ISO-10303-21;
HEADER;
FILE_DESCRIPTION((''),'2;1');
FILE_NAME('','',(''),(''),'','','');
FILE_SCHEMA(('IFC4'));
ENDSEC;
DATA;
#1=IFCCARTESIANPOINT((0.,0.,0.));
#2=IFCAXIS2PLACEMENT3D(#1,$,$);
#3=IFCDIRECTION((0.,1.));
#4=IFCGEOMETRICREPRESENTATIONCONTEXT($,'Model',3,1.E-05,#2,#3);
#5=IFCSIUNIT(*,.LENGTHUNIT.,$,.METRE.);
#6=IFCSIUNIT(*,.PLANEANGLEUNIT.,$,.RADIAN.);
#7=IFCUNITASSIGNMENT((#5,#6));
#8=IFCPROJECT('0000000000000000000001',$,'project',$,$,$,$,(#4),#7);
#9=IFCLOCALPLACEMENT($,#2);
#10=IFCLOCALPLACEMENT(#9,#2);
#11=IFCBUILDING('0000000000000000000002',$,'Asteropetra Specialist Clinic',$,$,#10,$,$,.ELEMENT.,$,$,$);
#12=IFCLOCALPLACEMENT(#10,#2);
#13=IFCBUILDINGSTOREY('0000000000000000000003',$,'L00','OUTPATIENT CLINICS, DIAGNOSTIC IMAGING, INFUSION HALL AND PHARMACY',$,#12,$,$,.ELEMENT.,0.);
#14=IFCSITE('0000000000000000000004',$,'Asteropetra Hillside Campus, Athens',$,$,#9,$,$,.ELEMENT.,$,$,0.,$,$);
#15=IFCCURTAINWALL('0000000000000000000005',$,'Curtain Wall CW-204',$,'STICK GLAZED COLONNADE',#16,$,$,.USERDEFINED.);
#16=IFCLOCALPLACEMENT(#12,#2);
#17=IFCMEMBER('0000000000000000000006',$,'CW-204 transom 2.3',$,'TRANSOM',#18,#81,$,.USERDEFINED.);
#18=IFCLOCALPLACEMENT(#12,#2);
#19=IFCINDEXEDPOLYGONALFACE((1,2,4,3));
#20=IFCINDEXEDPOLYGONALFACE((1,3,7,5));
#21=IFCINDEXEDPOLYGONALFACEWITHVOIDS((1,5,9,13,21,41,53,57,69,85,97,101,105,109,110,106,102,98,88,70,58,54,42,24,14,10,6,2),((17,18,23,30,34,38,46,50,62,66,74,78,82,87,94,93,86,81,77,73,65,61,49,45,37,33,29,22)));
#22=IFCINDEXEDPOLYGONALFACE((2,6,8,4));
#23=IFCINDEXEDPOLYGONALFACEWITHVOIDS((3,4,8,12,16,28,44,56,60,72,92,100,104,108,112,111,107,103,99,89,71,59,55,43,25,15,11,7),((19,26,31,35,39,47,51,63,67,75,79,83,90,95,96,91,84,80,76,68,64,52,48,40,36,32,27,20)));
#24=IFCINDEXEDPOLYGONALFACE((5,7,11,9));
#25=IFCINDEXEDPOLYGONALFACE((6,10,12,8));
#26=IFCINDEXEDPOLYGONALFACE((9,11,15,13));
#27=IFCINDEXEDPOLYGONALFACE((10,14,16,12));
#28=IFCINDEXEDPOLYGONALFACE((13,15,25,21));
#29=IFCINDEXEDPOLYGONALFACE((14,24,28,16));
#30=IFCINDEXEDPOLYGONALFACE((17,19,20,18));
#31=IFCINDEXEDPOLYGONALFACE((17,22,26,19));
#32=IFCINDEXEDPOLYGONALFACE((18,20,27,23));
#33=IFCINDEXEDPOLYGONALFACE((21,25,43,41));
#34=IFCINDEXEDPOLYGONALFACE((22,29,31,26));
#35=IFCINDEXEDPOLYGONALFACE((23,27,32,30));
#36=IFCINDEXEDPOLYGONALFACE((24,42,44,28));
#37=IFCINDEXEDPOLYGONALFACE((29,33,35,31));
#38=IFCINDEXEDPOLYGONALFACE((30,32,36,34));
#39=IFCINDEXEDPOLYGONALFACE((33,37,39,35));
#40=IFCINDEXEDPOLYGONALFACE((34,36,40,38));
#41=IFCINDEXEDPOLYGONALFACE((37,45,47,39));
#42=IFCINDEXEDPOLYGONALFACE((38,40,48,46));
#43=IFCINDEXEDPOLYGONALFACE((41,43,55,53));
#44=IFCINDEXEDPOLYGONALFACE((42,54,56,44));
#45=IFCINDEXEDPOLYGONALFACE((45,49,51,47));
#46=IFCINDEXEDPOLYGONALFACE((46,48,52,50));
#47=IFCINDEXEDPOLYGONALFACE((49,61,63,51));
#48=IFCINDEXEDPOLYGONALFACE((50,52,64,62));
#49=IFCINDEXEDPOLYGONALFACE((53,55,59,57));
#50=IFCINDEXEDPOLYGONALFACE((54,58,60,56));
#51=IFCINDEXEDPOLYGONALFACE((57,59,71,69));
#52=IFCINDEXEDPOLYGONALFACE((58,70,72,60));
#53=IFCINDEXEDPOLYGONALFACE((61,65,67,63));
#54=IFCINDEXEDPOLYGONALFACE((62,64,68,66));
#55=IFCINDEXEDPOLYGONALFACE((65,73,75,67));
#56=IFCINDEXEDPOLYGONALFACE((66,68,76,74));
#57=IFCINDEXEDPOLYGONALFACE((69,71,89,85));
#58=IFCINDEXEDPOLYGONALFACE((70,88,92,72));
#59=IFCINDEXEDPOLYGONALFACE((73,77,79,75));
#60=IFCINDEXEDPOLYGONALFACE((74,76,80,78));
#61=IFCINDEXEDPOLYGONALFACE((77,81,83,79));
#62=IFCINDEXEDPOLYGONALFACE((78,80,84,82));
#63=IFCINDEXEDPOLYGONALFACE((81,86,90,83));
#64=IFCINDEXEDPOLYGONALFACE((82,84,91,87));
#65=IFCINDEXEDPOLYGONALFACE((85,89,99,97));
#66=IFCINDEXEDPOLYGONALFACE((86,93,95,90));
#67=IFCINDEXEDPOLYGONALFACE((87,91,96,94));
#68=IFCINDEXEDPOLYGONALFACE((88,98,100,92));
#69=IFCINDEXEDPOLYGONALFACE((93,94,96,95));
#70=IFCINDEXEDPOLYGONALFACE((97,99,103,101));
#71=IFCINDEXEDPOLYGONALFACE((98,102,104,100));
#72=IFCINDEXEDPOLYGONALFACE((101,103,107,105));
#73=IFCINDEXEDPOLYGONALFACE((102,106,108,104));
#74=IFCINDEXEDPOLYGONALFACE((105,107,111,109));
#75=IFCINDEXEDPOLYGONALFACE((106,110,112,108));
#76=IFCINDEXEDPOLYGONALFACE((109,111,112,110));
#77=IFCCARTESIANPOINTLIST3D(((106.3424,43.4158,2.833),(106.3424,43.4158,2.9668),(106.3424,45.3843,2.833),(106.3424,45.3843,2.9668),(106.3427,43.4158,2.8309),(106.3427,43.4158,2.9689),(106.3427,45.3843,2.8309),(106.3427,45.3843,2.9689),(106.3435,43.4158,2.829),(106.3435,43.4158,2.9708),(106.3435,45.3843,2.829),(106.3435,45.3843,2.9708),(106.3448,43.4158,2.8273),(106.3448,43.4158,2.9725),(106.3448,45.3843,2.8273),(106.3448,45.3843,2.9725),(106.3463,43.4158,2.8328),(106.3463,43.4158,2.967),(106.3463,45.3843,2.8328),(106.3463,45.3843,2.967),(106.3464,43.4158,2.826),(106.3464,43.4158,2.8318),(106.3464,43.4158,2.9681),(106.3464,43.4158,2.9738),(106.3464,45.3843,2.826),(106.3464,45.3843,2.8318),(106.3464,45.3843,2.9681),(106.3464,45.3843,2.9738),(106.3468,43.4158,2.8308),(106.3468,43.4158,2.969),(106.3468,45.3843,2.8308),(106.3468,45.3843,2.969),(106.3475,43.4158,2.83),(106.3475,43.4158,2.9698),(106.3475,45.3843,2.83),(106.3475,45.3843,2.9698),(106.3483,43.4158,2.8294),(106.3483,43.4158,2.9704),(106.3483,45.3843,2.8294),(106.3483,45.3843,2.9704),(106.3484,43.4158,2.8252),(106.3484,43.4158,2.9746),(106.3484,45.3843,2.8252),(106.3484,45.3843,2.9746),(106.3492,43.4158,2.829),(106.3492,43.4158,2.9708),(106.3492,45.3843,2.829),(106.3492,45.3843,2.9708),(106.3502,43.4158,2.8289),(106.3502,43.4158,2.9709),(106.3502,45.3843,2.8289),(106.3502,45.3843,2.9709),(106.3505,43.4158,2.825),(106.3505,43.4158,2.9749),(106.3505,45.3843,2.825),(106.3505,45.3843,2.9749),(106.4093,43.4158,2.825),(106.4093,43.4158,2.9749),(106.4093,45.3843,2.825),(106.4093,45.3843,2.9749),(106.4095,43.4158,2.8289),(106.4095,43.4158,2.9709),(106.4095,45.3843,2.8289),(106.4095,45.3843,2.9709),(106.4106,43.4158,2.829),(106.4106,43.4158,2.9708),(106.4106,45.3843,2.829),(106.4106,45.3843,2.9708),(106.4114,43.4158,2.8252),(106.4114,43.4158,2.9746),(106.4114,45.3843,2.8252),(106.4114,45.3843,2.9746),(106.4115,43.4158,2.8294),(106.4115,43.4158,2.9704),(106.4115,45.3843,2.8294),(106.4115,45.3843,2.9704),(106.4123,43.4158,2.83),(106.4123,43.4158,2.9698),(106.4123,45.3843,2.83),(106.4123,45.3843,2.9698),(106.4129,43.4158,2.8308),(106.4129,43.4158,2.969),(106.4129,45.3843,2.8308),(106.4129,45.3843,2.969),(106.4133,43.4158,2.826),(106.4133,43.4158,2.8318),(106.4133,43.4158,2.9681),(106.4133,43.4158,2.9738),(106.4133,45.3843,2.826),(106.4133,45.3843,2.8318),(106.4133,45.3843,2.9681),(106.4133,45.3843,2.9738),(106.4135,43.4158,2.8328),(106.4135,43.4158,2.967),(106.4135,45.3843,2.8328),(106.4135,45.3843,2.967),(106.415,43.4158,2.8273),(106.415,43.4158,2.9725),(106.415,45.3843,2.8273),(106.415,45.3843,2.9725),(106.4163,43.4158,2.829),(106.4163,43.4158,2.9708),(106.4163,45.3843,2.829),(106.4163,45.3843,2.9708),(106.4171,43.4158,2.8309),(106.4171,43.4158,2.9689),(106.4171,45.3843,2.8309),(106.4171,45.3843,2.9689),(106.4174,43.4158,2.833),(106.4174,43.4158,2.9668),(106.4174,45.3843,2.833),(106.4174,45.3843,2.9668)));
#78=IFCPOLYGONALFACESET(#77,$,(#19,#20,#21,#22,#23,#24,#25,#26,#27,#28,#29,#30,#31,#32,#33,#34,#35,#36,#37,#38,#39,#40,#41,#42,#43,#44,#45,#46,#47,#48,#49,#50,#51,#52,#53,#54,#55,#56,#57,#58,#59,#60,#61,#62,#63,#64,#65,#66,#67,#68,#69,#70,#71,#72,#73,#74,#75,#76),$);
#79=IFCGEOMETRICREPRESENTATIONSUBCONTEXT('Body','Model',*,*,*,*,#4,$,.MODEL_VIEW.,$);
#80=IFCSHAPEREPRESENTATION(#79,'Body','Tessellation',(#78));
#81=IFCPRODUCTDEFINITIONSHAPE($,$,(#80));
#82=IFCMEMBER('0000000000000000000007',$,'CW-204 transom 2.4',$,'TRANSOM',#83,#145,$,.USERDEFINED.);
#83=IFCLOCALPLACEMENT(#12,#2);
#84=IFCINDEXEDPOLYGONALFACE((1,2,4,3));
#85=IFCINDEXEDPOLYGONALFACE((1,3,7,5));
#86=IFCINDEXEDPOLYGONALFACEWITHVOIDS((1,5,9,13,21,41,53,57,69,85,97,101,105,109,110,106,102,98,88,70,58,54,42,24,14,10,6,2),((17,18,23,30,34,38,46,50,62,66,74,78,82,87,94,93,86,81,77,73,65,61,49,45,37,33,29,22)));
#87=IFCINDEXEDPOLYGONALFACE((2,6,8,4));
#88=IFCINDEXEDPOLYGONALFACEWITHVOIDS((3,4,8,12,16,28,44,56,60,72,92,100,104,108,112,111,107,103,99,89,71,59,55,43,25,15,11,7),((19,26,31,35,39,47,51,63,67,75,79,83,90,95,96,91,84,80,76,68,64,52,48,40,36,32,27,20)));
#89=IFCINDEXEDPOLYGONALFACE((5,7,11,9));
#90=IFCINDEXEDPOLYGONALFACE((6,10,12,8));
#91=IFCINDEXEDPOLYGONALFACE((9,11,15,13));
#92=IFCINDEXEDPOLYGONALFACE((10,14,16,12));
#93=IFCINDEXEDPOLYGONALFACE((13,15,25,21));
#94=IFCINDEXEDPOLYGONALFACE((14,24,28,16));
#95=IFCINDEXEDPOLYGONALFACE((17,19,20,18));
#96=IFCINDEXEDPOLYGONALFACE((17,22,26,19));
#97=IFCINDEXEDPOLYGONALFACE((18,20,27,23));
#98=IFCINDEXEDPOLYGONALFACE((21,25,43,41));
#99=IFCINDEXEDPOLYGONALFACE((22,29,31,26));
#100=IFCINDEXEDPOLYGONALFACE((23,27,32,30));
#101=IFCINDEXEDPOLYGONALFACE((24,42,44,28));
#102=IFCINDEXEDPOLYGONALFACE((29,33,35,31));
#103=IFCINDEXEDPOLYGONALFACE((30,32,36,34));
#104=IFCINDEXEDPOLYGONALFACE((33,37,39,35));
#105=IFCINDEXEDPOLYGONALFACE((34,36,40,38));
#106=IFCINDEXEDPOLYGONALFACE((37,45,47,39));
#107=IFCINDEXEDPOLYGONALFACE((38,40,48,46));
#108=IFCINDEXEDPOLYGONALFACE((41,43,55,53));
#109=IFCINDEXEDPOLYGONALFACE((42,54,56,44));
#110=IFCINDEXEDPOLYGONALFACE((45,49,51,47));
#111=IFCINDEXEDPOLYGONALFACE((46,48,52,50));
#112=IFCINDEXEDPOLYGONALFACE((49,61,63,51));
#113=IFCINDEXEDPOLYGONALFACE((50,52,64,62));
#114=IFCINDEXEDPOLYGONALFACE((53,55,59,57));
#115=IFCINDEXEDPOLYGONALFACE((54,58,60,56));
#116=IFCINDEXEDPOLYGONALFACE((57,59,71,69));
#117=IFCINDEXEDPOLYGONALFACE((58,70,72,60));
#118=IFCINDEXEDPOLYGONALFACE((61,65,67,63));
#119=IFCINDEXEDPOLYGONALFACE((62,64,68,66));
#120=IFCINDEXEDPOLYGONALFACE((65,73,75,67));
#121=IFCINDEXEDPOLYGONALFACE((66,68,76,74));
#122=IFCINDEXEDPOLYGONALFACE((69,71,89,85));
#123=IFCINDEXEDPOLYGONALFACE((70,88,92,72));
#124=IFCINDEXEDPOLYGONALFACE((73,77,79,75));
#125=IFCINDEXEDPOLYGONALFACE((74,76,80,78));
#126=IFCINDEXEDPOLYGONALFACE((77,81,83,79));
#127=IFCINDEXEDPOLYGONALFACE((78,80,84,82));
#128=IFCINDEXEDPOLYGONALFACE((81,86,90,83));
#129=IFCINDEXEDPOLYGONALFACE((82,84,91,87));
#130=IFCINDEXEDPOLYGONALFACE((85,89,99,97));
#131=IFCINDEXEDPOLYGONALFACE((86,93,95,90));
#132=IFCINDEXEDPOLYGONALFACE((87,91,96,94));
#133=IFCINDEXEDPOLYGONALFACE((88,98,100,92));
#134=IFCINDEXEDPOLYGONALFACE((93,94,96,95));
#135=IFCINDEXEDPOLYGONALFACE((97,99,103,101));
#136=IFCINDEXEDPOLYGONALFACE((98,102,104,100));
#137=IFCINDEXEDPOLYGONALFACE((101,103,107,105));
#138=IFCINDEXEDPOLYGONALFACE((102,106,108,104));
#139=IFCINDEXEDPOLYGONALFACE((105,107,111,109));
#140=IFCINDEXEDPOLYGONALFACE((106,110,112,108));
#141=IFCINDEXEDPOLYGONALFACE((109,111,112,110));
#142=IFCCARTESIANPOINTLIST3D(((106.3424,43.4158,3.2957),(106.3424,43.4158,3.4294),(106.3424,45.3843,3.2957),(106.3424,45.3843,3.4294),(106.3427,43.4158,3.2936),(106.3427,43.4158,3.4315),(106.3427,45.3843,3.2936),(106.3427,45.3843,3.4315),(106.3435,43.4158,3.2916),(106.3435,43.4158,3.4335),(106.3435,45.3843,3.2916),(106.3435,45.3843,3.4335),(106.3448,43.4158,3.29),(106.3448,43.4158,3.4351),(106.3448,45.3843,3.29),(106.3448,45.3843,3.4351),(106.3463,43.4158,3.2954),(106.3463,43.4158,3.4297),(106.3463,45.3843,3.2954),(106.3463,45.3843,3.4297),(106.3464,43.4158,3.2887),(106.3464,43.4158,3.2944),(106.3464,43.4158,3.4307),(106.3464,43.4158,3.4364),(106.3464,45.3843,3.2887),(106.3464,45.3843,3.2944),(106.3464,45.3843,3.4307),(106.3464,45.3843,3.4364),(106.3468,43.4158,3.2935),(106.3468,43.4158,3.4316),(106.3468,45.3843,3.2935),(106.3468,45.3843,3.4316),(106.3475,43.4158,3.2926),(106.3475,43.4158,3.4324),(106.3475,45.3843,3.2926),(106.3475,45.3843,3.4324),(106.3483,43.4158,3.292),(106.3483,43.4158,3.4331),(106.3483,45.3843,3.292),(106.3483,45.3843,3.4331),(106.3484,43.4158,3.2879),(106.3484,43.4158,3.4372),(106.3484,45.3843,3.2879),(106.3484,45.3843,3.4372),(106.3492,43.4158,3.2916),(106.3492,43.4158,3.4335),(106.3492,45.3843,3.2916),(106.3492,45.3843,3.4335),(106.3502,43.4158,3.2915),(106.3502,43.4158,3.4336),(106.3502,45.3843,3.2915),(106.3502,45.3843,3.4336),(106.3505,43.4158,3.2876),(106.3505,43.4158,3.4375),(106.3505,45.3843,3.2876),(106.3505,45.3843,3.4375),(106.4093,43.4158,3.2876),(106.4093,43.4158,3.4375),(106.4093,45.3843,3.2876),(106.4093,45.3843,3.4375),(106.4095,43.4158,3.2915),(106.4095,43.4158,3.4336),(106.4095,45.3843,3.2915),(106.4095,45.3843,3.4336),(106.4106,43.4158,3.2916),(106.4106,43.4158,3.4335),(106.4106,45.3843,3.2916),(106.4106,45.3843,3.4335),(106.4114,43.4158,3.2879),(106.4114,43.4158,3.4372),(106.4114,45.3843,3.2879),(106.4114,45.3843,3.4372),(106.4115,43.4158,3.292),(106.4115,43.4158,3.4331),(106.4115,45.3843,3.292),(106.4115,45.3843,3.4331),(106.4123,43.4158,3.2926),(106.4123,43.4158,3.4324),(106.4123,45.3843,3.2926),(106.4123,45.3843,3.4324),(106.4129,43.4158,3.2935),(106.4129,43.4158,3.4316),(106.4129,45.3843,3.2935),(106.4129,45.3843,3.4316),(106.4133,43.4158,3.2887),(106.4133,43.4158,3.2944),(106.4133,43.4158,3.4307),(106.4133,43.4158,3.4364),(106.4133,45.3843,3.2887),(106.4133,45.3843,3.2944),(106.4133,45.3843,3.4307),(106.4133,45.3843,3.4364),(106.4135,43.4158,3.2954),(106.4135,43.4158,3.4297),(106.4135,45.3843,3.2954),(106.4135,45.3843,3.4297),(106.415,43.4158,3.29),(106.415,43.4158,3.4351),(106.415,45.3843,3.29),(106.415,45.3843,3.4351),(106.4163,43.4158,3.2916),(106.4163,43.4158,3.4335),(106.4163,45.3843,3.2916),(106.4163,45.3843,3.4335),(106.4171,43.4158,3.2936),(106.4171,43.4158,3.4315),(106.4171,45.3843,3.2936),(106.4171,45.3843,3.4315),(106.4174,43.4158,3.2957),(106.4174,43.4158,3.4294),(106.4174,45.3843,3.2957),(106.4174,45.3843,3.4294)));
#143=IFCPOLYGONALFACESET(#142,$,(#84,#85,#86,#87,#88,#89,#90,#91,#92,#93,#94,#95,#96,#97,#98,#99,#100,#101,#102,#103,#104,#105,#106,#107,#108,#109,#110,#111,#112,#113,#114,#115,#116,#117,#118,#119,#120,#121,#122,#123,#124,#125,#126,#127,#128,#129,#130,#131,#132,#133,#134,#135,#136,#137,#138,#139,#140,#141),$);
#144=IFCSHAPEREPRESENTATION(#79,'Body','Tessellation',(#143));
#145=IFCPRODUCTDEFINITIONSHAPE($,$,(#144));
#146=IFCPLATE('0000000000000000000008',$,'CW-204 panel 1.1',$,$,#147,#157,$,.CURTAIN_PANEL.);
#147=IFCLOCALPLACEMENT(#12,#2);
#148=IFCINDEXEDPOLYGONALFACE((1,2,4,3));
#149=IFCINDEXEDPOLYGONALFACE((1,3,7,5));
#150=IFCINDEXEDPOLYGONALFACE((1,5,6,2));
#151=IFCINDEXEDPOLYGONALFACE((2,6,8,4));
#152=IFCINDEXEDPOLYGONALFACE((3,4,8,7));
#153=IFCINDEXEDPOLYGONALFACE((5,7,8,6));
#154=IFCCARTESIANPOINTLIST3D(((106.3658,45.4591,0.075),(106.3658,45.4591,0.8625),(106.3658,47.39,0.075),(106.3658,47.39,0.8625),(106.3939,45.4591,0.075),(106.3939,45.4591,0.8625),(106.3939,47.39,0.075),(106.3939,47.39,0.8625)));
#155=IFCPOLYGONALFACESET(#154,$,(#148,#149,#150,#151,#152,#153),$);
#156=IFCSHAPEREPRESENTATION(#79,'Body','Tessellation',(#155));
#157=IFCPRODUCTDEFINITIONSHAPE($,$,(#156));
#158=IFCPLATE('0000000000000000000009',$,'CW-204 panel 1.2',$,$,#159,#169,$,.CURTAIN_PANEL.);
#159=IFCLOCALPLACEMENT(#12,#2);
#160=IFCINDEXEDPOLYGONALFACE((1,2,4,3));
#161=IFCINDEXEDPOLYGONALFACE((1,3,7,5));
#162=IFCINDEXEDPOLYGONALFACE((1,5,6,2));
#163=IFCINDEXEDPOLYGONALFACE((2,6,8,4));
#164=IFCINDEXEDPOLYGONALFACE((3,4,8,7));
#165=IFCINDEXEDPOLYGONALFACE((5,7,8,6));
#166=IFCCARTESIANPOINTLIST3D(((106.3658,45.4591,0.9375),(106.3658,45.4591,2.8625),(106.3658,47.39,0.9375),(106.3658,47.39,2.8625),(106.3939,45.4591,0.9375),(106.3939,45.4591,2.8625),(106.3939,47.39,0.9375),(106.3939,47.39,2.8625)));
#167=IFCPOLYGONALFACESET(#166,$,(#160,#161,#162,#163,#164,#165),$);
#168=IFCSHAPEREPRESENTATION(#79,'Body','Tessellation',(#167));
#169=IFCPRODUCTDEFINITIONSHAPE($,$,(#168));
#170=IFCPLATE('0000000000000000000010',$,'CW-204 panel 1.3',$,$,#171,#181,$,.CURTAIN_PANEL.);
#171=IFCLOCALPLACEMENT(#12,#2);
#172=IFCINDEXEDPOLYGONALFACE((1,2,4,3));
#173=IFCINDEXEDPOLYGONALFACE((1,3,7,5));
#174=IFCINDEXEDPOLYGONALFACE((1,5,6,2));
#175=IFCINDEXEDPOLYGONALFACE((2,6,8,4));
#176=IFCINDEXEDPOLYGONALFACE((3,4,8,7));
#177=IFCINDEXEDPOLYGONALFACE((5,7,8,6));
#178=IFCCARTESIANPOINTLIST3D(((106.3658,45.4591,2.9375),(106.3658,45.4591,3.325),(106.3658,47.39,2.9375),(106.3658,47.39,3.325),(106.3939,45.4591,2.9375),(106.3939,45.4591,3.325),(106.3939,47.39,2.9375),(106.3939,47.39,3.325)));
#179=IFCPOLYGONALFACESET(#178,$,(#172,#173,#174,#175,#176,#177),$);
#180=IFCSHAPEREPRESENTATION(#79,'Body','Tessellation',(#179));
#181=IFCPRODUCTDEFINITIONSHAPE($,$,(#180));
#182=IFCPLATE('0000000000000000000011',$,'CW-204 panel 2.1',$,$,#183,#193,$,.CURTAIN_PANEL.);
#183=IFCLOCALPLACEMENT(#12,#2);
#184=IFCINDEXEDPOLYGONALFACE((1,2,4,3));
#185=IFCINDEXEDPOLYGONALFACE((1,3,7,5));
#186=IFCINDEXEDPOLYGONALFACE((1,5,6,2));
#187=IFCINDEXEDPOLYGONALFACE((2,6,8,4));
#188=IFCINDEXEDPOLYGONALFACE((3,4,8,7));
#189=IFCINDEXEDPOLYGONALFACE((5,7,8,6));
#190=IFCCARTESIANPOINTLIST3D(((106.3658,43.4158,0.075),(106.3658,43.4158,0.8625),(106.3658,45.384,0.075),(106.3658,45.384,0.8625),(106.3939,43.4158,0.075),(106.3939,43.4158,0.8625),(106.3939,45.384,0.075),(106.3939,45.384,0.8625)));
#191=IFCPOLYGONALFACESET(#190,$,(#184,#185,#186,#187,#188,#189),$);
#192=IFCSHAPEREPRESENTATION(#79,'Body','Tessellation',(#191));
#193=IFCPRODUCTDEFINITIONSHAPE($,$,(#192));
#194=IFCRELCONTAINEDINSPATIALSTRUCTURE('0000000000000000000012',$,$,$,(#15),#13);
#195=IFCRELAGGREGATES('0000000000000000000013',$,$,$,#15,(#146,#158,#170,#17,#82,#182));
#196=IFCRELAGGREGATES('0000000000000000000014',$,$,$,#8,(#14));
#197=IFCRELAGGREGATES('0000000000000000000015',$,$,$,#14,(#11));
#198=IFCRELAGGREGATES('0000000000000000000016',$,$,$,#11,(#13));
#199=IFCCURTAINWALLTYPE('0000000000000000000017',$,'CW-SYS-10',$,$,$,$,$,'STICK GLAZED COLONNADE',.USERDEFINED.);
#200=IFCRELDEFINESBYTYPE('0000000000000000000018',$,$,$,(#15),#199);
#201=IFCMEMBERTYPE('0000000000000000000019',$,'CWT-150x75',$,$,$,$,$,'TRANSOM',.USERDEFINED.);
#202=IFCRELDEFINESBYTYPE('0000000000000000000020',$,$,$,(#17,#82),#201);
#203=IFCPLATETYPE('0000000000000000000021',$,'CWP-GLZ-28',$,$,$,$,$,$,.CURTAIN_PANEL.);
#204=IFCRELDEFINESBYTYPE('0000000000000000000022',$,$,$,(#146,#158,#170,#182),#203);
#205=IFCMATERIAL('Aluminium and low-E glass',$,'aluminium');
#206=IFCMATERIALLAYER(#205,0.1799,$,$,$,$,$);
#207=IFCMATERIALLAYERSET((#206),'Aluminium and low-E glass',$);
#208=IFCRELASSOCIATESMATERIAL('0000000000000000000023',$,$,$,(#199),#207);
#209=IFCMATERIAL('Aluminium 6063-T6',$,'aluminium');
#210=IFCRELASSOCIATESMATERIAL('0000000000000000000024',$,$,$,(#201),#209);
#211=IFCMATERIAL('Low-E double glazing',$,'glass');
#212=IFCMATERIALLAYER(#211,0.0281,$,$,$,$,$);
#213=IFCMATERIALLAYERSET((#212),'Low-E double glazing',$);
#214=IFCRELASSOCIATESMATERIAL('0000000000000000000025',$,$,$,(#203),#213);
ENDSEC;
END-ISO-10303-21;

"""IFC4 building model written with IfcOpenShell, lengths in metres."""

from ifc_helpers import new_model, si_unit, direction, frame, origin, origin_2d, place, context, subcontext, project, spatial, rectangle, hollow_rectangle, extrude, material, layer, layer_set, material_profile, profile_set, type_object, element, aggregate, save


model = new_model("IFC4")

# Units and contexts
model_context = context("Model", 3, precision=1e-05, world=origin(), true_north=direction((0.0, 1.0)))
body_context = subcontext(model_context, "Body", "Model", "MODEL_VIEW")
ifc_project = project(units=[si_unit("LENGTHUNIT", "METRE"), si_unit("PLANEANGLEUNIT", "RADIAN")], contexts=[model_context])

# Site, building, storey
site_placement = place(None, origin())
site = spatial("IfcSite", under=ifc_project, at=site_placement, Name="Asteropetra Hillside Campus, Athens", CompositionType="ELEMENT", RefElevation=0.0)
building_placement = place(site_placement, origin())
building = spatial("IfcBuilding", under=site, at=building_placement, Name="Asteropetra Specialist Clinic", CompositionType="ELEMENT")
storey_placement = place(building_placement, origin())
storey = spatial("IfcBuildingStorey", under=building, at=storey_placement, Name="L00", Description="OUTPATIENT CLINICS, DIAGNOSTIC IMAGING, INFUSION HALL AND PHARMACY", CompositionType="ELEMENT", Elevation=0.0)

# Curtain wall, members, plates
ifc_material_1 = material(Name="Aluminium and low-E glass", Category="aluminium")
ifc_layer_1 = layer(ifc_material_1, 0.1799)
ifc_layer_set_1 = layer_set([ifc_layer_1], Name="Aluminium and low-E glass")
curtain_wall_type = type_object("IfcCurtainWallType", Name="CW-SYS-10", ElementType="STICK GLAZED COLONNADE", PredefinedType="USERDEFINED", material=ifc_layer_set_1)
curtain_wall_placement = place(storey_placement, origin())
curtain_wall = element("IfcCurtainWall", 1, at=curtain_wall_placement, inside=storey, type_object=curtain_wall_type, Name="Curtain Wall CW-204", ObjectType="STICK GLAZED COLONNADE", PredefinedType="USERDEFINED")
ifc_material_2 = material(Name="Aluminium 6063-T6", Category="aluminium")
ifc_material_profile_1 = material_profile(ifc_material_2, hollow_rectangle(XDim=0.075, YDim=0.1499, WallThickness=0.0039, InnerFilletRadius=0.0039, OuterFilletRadius=0.0081, at=origin_2d()), Name="TRN 150x75x4.0")
ifc_profile_set_1 = profile_set([ifc_material_profile_1], Name="Aluminium 6063-T6")
member_type_1 = type_object("IfcMemberType", Name="CWT-150x75", ElementType="TRANSOM", PredefinedType="USERDEFINED", material=ifc_profile_set_1)
member_1_placement = place(storey_placement, frame((106.3799, 45.3843, 2.8999), z_axis=(0.0, -1.0, 0.0), x_axis=(1.0, 0.0, 0.0)))
member_1 = element("IfcMember", 2, at=member_1_placement, type_object=member_type_1, Name="CW-204 transom 2.3", ObjectType="TRANSOM", PredefinedType="USERDEFINED", context=body_context, shape_type="SweptSolid", body=[
    extrude(hollow_rectangle(XDim=0.075, YDim=0.1499, WallThickness=0.0039, InnerFilletRadius=0.0039, OuterFilletRadius=0.0081, at=origin_2d()), origin(), (0.0, 0.0, 1.0), 1.9685),
])
member_2_placement = place(storey_placement, frame((106.3799, 45.3843, 3.3625), z_axis=(0.0, -1.0, 0.0), x_axis=(1.0, 0.0, 0.0)))
member_2 = element("IfcMember", 3, at=member_2_placement, type_object=member_type_1, Name="CW-204 transom 2.4", ObjectType="TRANSOM", PredefinedType="USERDEFINED", context=body_context, shape_type="SweptSolid", body=[
    extrude(hollow_rectangle(XDim=0.075, YDim=0.1499, WallThickness=0.0039, InnerFilletRadius=0.0039, OuterFilletRadius=0.0081, at=origin_2d()), origin(), (0.0, 0.0, 1.0), 1.9685),
])
ifc_material_3 = material(Name="Low-E double glazing", Category="glass")
ifc_layer_2 = layer(ifc_material_3, 0.0281)
ifc_layer_set_2 = layer_set([ifc_layer_2], Name="Low-E double glazing")
plate_type = type_object("IfcPlateType", Name="CWP-GLZ-28", PredefinedType="CURTAIN_PANEL", material=ifc_layer_set_2)
plate_1_placement = place(storey_placement, frame((106.3799, 46.4246, 0.075), z_axis=(0.0, 0.0, 1.0), x_axis=(0.0, -1.0, 0.0)))
plate_1 = element("IfcPlate", 4, at=plate_1_placement, type_object=plate_type, Name="CW-204 panel 1.1", PredefinedType="CURTAIN_PANEL", context=body_context, shape_type="SweptSolid", body=[
    extrude(rectangle(XDim=1.9309, YDim=0.0281, at=origin_2d()), origin(), (0.0, 0.0, 1.0), 0.7876),
])
plate_2_placement = place(storey_placement, frame((106.3799, 46.4246, 0.9375), z_axis=(0.0, 0.0, 1.0), x_axis=(0.0, -1.0, 0.0)))
plate_2 = element("IfcPlate", 5, at=plate_2_placement, type_object=plate_type, Name="CW-204 panel 1.2", PredefinedType="CURTAIN_PANEL", context=body_context, shape_type="SweptSolid", body=[
    extrude(rectangle(XDim=1.9309, YDim=0.0281, at=origin_2d()), origin(), (0.0, 0.0, 1.0), 1.925),
])
plate_3_placement = place(storey_placement, frame((106.3799, 46.4246, 2.9375), z_axis=(0.0, 0.0, 1.0), x_axis=(0.0, -1.0, 0.0)))
plate_3 = element("IfcPlate", 6, at=plate_3_placement, type_object=plate_type, Name="CW-204 panel 1.3", PredefinedType="CURTAIN_PANEL", context=body_context, shape_type="SweptSolid", body=[
    extrude(rectangle(XDim=1.9309, YDim=0.0281, at=origin_2d()), origin(), (0.0, 0.0, 1.0), 0.3875),
])
plate_4_placement = place(storey_placement, frame((106.3799, 44.3999, 0.075), z_axis=(0.0, 0.0, 1.0), x_axis=(0.0, -1.0, 0.0)))
plate_4 = element("IfcPlate", 7, at=plate_4_placement, type_object=plate_type, Name="CW-204 panel 2.1", PredefinedType="CURTAIN_PANEL", context=body_context, shape_type="SweptSolid", body=[
    extrude(rectangle(XDim=1.9683, YDim=0.0281, at=origin_2d()), origin(), (0.0, 0.0, 1.0), 0.7876),
])
aggregate(curtain_wall, [plate_1, plate_2, plate_3, member_1, member_2, plate_4])

save(model, "model.ifc")
